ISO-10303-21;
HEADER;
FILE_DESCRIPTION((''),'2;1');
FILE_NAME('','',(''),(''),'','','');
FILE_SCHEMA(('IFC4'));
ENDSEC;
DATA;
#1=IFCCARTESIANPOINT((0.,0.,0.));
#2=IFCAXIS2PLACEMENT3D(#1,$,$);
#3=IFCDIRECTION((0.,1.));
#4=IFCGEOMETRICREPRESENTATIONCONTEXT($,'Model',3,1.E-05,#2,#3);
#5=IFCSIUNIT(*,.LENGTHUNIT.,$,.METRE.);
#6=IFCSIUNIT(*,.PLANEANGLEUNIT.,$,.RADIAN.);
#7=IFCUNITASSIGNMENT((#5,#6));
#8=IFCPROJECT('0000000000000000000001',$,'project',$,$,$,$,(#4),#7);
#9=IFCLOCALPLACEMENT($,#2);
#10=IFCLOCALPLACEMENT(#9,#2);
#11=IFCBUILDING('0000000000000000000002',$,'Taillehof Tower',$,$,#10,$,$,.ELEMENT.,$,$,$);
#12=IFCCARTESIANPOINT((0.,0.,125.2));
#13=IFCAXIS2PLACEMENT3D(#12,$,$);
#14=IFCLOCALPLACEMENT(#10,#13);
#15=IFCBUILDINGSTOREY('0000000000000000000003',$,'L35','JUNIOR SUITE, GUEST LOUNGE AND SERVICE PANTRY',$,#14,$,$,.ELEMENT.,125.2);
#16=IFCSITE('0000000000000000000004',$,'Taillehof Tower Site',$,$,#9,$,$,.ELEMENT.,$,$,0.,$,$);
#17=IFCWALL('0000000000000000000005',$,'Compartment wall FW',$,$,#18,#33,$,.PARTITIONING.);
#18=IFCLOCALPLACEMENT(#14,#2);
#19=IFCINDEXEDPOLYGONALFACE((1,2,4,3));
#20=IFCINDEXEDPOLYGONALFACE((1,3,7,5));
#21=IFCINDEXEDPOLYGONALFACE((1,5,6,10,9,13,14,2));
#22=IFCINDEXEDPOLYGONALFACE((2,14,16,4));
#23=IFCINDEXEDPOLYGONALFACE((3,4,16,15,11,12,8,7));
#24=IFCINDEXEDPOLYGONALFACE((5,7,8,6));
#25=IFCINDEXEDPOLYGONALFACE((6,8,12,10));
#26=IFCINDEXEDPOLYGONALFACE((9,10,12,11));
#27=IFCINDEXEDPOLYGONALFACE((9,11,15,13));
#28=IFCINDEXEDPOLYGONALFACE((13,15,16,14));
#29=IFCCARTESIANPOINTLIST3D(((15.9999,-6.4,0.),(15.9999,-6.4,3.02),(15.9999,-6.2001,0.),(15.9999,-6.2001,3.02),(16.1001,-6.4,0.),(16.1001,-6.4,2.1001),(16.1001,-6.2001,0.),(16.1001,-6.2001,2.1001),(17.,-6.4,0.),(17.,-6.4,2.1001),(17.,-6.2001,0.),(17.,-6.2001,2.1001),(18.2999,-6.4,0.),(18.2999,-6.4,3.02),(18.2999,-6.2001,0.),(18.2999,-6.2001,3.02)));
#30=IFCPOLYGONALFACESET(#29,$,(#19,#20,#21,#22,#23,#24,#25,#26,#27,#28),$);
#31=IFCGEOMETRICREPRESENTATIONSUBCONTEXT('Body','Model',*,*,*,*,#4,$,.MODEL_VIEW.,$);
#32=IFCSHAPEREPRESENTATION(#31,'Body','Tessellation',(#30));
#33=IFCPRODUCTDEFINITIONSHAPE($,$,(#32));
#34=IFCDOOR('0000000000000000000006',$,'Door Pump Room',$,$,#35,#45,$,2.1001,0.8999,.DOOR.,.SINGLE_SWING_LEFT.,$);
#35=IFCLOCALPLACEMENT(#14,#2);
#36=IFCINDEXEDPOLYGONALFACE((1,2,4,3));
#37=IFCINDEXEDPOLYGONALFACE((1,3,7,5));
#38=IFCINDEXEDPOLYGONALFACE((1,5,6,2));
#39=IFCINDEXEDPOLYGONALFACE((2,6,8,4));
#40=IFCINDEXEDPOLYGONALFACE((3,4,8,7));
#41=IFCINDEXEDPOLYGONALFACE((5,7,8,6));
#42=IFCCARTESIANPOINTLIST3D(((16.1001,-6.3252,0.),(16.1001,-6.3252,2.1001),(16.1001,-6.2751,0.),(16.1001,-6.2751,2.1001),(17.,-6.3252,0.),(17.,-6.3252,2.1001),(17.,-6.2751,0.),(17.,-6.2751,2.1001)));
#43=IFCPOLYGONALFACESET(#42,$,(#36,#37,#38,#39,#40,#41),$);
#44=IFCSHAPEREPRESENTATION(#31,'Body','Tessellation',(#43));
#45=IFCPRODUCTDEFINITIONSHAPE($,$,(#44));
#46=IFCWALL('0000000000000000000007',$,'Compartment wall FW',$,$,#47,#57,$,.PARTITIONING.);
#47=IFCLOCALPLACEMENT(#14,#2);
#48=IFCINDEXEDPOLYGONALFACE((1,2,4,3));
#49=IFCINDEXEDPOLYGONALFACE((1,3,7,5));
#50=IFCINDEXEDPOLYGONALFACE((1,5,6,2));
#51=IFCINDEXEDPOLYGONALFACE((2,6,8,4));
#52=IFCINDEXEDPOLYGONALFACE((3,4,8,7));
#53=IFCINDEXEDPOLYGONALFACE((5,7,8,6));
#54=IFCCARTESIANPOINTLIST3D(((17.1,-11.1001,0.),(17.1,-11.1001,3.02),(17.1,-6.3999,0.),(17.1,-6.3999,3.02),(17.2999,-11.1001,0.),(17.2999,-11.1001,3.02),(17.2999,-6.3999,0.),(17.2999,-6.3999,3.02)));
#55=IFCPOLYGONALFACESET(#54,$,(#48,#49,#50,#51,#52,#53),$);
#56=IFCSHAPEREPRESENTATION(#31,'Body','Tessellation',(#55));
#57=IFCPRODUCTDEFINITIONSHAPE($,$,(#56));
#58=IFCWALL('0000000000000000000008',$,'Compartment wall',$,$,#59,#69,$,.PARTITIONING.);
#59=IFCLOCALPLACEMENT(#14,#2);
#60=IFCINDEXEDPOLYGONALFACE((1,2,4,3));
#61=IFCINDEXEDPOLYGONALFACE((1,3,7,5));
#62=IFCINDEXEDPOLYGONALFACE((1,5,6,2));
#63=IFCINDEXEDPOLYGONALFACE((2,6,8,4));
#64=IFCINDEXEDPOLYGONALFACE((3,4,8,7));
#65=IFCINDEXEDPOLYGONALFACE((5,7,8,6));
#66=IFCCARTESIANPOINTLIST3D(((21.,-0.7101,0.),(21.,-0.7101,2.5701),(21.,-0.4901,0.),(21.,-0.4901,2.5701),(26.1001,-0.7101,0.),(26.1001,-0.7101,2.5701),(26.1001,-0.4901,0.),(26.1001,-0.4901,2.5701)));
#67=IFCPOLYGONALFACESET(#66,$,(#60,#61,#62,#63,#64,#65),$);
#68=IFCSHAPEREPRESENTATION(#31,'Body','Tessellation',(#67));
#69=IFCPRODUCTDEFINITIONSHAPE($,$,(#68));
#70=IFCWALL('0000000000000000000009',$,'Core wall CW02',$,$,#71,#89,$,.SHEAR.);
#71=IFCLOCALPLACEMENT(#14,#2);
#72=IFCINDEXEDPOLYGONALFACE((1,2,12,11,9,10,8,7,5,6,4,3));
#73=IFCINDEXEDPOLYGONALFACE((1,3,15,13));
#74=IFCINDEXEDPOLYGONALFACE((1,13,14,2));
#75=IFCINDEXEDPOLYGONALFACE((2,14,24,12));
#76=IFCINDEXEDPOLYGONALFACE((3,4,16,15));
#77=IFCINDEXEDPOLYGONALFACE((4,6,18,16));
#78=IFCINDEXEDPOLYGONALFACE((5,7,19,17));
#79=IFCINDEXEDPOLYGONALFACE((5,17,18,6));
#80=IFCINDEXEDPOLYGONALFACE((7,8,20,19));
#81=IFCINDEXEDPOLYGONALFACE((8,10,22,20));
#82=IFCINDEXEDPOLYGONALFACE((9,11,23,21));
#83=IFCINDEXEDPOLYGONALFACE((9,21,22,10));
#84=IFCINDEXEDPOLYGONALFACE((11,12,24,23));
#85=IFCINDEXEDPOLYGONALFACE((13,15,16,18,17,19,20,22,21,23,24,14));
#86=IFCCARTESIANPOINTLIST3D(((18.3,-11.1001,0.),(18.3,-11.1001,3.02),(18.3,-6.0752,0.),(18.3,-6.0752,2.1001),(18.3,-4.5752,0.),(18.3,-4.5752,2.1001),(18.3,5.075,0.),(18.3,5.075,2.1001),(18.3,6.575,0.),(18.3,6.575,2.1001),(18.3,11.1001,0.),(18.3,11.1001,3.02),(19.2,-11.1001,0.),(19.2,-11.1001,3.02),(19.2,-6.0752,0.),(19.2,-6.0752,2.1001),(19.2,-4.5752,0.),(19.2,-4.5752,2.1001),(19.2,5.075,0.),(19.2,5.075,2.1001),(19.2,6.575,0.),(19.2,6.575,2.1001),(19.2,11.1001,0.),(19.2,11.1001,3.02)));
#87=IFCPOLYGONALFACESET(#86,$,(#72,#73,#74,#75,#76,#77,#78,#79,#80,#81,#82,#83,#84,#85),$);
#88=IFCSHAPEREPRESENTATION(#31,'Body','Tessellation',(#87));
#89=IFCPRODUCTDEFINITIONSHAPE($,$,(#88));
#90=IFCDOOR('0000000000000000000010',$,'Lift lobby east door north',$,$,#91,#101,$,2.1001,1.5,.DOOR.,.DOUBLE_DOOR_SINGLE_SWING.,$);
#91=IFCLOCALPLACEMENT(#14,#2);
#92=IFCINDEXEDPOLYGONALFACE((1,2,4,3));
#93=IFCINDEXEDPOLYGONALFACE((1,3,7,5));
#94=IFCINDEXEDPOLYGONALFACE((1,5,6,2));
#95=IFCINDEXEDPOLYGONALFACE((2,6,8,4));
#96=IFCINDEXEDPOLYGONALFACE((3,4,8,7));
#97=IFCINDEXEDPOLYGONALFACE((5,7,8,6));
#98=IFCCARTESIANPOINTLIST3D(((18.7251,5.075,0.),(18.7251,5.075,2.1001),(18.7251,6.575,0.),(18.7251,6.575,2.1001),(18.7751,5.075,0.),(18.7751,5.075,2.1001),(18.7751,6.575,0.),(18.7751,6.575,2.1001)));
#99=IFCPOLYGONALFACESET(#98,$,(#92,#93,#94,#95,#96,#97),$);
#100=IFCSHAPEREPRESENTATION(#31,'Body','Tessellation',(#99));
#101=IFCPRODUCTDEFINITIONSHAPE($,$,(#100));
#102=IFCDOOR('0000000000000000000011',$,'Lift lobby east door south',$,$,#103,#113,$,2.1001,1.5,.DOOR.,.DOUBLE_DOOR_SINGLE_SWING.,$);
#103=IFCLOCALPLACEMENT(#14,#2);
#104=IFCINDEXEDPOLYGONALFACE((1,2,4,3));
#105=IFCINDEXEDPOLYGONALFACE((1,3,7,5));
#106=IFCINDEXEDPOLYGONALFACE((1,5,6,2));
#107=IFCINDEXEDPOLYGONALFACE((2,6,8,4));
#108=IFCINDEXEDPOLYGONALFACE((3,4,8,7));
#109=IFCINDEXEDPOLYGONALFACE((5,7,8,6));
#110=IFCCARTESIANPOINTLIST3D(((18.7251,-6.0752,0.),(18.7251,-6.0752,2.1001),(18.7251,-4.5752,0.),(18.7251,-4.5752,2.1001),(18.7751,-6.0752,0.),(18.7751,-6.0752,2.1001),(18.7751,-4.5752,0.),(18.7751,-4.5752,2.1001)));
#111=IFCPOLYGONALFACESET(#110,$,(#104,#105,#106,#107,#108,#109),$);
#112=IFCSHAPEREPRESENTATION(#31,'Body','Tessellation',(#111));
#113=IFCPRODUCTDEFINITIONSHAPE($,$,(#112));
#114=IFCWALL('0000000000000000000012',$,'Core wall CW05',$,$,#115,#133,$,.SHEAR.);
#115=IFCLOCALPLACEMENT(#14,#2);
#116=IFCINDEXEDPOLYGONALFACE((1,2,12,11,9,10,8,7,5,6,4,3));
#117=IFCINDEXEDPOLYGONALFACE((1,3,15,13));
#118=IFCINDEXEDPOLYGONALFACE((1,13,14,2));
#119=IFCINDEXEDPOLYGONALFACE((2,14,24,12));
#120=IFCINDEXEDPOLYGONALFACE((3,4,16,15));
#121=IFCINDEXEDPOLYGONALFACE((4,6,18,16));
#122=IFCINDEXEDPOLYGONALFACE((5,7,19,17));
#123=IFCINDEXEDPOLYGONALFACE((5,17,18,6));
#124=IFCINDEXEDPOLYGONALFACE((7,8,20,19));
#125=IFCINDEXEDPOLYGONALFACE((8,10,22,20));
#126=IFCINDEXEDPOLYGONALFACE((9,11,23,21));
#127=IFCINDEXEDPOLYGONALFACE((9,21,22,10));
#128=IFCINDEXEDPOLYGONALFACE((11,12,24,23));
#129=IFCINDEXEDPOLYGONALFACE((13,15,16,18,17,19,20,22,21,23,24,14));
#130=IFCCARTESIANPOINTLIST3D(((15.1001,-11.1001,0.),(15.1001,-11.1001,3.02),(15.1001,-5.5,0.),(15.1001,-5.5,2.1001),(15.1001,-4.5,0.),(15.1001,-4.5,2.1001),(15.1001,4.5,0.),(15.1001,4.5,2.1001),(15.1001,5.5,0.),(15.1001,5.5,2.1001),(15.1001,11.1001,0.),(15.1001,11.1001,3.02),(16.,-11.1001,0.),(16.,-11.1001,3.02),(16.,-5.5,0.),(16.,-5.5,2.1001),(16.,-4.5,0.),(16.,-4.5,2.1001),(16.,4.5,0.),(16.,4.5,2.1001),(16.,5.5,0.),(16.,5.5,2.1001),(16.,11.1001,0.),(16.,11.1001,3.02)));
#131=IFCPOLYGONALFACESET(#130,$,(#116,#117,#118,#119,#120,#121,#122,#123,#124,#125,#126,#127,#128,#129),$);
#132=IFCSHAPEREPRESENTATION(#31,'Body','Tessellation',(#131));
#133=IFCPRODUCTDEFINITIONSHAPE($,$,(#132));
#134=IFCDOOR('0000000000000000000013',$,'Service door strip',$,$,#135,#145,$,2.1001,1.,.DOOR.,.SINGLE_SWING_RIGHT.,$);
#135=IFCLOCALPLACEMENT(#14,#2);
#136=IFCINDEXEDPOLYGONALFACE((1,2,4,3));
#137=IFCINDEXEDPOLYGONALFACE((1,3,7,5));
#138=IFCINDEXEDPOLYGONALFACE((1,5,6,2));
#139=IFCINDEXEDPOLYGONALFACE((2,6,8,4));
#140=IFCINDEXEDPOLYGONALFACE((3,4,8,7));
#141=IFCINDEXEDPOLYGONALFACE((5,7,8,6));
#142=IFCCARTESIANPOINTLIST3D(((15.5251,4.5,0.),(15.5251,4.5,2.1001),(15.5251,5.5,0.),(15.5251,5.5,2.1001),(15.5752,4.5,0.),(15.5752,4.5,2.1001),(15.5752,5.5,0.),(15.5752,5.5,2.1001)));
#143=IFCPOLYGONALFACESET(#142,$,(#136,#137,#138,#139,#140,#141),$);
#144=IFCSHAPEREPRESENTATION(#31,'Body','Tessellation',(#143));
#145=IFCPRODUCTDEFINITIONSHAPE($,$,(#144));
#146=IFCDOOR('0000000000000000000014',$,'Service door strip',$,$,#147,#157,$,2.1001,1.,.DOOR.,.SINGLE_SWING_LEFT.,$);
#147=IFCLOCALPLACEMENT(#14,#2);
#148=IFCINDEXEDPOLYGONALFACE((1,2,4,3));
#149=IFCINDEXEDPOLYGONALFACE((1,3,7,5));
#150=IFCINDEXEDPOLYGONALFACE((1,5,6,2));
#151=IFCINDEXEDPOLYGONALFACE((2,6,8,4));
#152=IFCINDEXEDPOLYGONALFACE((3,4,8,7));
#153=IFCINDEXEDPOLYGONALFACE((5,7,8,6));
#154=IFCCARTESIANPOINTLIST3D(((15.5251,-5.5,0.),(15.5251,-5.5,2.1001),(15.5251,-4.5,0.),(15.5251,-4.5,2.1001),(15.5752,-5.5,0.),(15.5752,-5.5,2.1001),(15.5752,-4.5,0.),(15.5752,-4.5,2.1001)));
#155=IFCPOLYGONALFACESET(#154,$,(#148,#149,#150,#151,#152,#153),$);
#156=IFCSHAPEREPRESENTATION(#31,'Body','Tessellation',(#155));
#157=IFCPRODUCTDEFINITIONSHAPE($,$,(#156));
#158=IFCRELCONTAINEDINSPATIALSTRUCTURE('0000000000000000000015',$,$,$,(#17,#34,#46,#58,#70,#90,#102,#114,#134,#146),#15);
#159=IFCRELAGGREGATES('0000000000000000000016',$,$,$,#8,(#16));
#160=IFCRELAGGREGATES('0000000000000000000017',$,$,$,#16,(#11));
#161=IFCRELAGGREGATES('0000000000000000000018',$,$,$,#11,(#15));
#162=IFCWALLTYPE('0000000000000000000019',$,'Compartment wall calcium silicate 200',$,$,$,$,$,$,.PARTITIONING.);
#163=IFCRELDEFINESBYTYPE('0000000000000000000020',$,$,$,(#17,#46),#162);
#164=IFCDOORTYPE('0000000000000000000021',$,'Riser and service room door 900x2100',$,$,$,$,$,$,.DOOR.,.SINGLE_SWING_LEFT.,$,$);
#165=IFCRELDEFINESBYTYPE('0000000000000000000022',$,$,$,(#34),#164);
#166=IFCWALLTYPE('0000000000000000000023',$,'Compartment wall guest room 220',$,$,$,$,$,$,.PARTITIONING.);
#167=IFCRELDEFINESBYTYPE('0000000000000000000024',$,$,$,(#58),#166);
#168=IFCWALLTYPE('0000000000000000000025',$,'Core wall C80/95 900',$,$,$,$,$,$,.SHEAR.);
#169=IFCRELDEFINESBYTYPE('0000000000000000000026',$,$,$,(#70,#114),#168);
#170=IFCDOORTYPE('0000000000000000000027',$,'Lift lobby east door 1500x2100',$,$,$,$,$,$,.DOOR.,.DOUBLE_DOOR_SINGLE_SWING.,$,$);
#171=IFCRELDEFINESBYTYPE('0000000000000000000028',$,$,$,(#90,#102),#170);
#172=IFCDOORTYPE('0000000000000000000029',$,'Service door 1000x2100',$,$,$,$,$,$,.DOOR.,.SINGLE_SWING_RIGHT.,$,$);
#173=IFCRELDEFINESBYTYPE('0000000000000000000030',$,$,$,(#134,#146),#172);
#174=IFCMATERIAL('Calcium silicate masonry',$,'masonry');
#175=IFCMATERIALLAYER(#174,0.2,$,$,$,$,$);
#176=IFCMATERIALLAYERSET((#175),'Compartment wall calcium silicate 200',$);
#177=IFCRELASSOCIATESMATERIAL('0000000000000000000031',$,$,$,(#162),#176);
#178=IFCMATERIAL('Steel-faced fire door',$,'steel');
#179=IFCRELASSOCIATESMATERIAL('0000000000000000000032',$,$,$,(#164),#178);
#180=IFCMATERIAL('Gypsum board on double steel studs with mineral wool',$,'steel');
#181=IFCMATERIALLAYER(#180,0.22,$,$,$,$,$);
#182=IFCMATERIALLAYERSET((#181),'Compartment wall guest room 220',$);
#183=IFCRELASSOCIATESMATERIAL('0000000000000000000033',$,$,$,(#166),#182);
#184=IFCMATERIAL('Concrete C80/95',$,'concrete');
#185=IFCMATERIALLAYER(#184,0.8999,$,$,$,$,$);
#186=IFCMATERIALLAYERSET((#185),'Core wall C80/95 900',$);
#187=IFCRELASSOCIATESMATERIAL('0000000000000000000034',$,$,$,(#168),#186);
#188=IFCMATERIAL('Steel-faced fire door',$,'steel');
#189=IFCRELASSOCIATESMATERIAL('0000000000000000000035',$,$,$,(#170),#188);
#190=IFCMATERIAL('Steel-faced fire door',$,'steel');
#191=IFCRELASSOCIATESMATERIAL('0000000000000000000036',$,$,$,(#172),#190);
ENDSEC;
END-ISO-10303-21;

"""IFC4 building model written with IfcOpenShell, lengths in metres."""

from ifc_helpers import new_model, si_unit, direction, frame, frame_2d, origin, place, context, subcontext, project, spatial, rectangle, extrude, material, layer, layer_set, type_object, element, fill, save


model = new_model("IFC4")

# Units and contexts
model_context = context("Model", 3, precision=1e-05, world=origin(), true_north=direction((0.0, 1.0)))
body_context = subcontext(model_context, "Body", "Model", "MODEL_VIEW")
ifc_project = project(units=[si_unit("LENGTHUNIT", "METRE"), si_unit("PLANEANGLEUNIT", "RADIAN")], contexts=[model_context])

# Site, building, storey
site_placement = place(None, origin())
site = spatial("IfcSite", under=ifc_project, at=site_placement, Name="Taillehof Tower Site", CompositionType="ELEMENT", RefElevation=0.0)
building_placement = place(site_placement, origin())
building = spatial("IfcBuilding", under=site, at=building_placement, Name="Taillehof Tower", CompositionType="ELEMENT")
storey_placement = place(building_placement, frame((0.0, 0.0, 125.2)))
storey = spatial("IfcBuildingStorey", under=building, at=storey_placement, Name="L35", Description="JUNIOR SUITE, GUEST LOUNGE AND SERVICE PANTRY", CompositionType="ELEMENT", Elevation=125.2)

# Shared definitions
ifc_material_1 = material(Name="Calcium silicate masonry", Category="masonry")
ifc_layer_1 = layer(ifc_material_1, 0.2)
ifc_layer_set_1 = layer_set([ifc_layer_1], Name="Compartment wall calcium silicate 200")
wall_type_1 = type_object("IfcWallType", Name="Compartment wall calcium silicate 200", PredefinedType="PARTITIONING", material=ifc_layer_set_1)

# Wall, opening, door
wall_1_placement = place(storey_placement, frame((16.0, -6.3, 0.0), z_axis=(0.0, 0.0, 1.0), x_axis=(1.0, 0.0, 0.0)))
wall_1 = element("IfcWall", 1, at=wall_1_placement, inside=storey, type_object=wall_type_1, Name="Compartment wall FW", PredefinedType="PARTITIONING", context=body_context, shape_type="SweptSolid", body=[
    extrude(rectangle(XDim=2.3, YDim=0.2, at=frame_2d((1.1499, 0.0))), origin(), (0.0, 0.0, 1.0), 3.02),
])
opening_1_placement = place(wall_1_placement, frame((0.1001, 0.0, 0.0)))
opening_1 = element("IfcOpeningElement", 2, at=opening_1_placement, cuts=wall_1, PredefinedType="OPENING", context=body_context, shape_type="SweptSolid", body=[
    extrude(rectangle(XDim=0.8999, YDim=2.1001, at=frame_2d((0.45, 1.05))), frame((0.0, 0.1099, 0.0), z_axis=(0.0, -1.0, 0.0), x_axis=(1.0, 0.0, 0.0)), (0.0, 0.0, 1.0), 0.22),
])
ifc_material_2 = material(Name="Steel-faced fire door", Category="steel")
door_type_1 = type_object("IfcDoorType", Name="Riser and service room door 900x2100", OperationType="SINGLE_SWING_LEFT", PredefinedType="DOOR", material=ifc_material_2)
door_1_placement = place(opening_1_placement, origin())
door_1 = element("IfcDoor", 3, at=door_1_placement, inside=storey, type_object=door_type_1, Name="Door Pump Room", OperationType="SINGLE_SWING_LEFT", OverallHeight=2.1001, OverallWidth=0.8999, PredefinedType="DOOR", context=body_context, shape_type="SweptSolid", body=[
    extrude(rectangle(XDim=0.8999, YDim=2.1001, at=frame_2d((0.45, 1.05))), frame((0.0, 0.0249, 0.0), z_axis=(0.0, -1.0, 0.0), x_axis=(1.0, 0.0, 0.0)), (0.0, 0.0, 1.0), 0.05),
])
fill(opening_1, door_1)

# Walls
wall_2_placement = place(storey_placement, frame((17.2, -11.1001, 0.0), z_axis=(0.0, 0.0, 1.0), x_axis=(0.0, 1.0, 0.0)))
element("IfcWall", 4, at=wall_2_placement, inside=storey, type_object=wall_type_1, Name="Compartment wall FW", PredefinedType="PARTITIONING", context=body_context, shape_type="SweptSolid", body=[
    extrude(rectangle(XDim=4.7002, YDim=0.2, at=frame_2d((2.3501, 0.0))), origin(), (0.0, 0.0, 1.0), 3.02),
])
ifc_material_3 = material(Name="Gypsum board on double steel studs with mineral wool", Category="steel")
ifc_layer_2 = layer(ifc_material_3, 0.22)
ifc_layer_set_2 = layer_set([ifc_layer_2], Name="Compartment wall guest room 220")
wall_type_2 = type_object("IfcWallType", Name="Compartment wall guest room 220", PredefinedType="PARTITIONING", material=ifc_layer_set_2)
wall_3_placement = place(storey_placement, frame((26.1001, -0.6001, 0.0), z_axis=(0.0, 0.0, 1.0), x_axis=(-1.0, 0.0, 0.0)))
element("IfcWall", 5, at=wall_3_placement, inside=storey, type_object=wall_type_2, Name="Compartment wall", PredefinedType="PARTITIONING", context=body_context, shape_type="SweptSolid", body=[
    extrude(rectangle(XDim=5.1001, YDim=0.22, at=frame_2d((2.55, 0.0))), origin(), (0.0, 0.0, 1.0), 2.5701),
])

# Walls, openings, doors
ifc_material_4 = material(Name="Concrete C80/95", Category="concrete")
ifc_layer_3 = layer(ifc_material_4, 0.8999)
ifc_layer_set_3 = layer_set([ifc_layer_3], Name="Core wall C80/95 900")
wall_type_3 = type_object("IfcWallType", Name="Core wall C80/95 900", PredefinedType="SHEAR", material=ifc_layer_set_3)
wall_4_placement = place(storey_placement, frame((18.75, -11.1001, 0.0), z_axis=(0.0, 0.0, 1.0), x_axis=(0.0, 1.0, 0.0)))
wall_4 = element("IfcWall", 6, at=wall_4_placement, inside=storey, type_object=wall_type_3, Name="Core wall CW02", PredefinedType="SHEAR", context=body_context, shape_type="SweptSolid", body=[
    extrude(rectangle(XDim=22.2002, YDim=0.8999, at=frame_2d((11.1001, 0.0))), origin(), (0.0, 0.0, 1.0), 3.02),
])
opening_2_placement = place(wall_4_placement, frame((16.175, 0.0, 0.0)))
opening_2 = element("IfcOpeningElement", 7, at=opening_2_placement, cuts=wall_4, PredefinedType="OPENING", context=body_context, shape_type="SweptSolid", body=[
    extrude(rectangle(XDim=1.5, YDim=2.1001, at=frame_2d((0.75, 1.05))), frame((0.0, 0.46, 0.0), z_axis=(0.0, -1.0, 0.0), x_axis=(1.0, 0.0, 0.0)), (0.0, 0.0, 1.0), 0.9199),
])
opening_3_placement = place(wall_4_placement, frame((5.0249, 0.0, 0.0)))
opening_3 = element("IfcOpeningElement", 8, at=opening_3_placement, cuts=wall_4, PredefinedType="OPENING", context=body_context, shape_type="SweptSolid", body=[
    extrude(rectangle(XDim=1.5, YDim=2.1001, at=frame_2d((0.75, 1.05))), frame((0.0, 0.46, 0.0), z_axis=(0.0, -1.0, 0.0), x_axis=(1.0, 0.0, 0.0)), (0.0, 0.0, 1.0), 0.9199),
])
ifc_material_5 = material(Name="Steel-faced fire door", Category="steel")
door_type_2 = type_object("IfcDoorType", Name="Lift lobby east door 1500x2100", OperationType="DOUBLE_DOOR_SINGLE_SWING", PredefinedType="DOOR", material=ifc_material_5)
door_2_placement = place(opening_2_placement, origin())
door_2 = element("IfcDoor", 9, at=door_2_placement, inside=storey, type_object=door_type_2, Name="Lift lobby east door north", OperationType="DOUBLE_DOOR_SINGLE_SWING", OverallHeight=2.1001, OverallWidth=1.5, PredefinedType="DOOR", context=body_context, shape_type="SweptSolid", body=[
    extrude(rectangle(XDim=1.5, YDim=2.1001, at=frame_2d((0.75, 1.05))), frame((0.0, 0.0249, 0.0), z_axis=(0.0, -1.0, 0.0), x_axis=(1.0, 0.0, 0.0)), (0.0, 0.0, 1.0), 0.05),
])
fill(opening_2, door_2)
door_3_placement = place(opening_3_placement, origin())
door_3 = element("IfcDoor", 10, at=door_3_placement, inside=storey, type_object=door_type_2, Name="Lift lobby east door south", OperationType="DOUBLE_DOOR_SINGLE_SWING", OverallHeight=2.1001, OverallWidth=1.5, PredefinedType="DOOR", context=body_context, shape_type="SweptSolid", body=[
    extrude(rectangle(XDim=1.5, YDim=2.1001, at=frame_2d((0.75, 1.05))), frame((0.0, 0.0249, 0.0), z_axis=(0.0, -1.0, 0.0), x_axis=(1.0, 0.0, 0.0)), (0.0, 0.0, 1.0), 0.05),
])
fill(opening_3, door_3)
wall_5_placement = place(storey_placement, frame((15.55, -11.1001, 0.0), z_axis=(0.0, 0.0, 1.0), x_axis=(0.0, 1.0, 0.0)))
wall_5 = element("IfcWall", 11, at=wall_5_placement, inside=storey, type_object=wall_type_3, Name="Core wall CW05", PredefinedType="SHEAR", context=body_context, shape_type="SweptSolid", body=[
    extrude(rectangle(XDim=22.2002, YDim=0.8999, at=frame_2d((11.1001, 0.0))), origin(), (0.0, 0.0, 1.0), 3.02),
])
opening_4_placement = place(wall_5_placement, frame((15.6001, 0.0, 0.0)))
opening_4 = element("IfcOpeningElement", 12, at=opening_4_placement, cuts=wall_5, PredefinedType="OPENING", context=body_context, shape_type="SweptSolid", body=[
    extrude(rectangle(XDim=1.0, YDim=2.1001, at=frame_2d((0.5, 1.05))), frame((0.0, 0.46, 0.0), z_axis=(0.0, -1.0, 0.0), x_axis=(1.0, 0.0, 0.0)), (0.0, 0.0, 1.0), 0.9199),
])
opening_5_placement = place(wall_5_placement, frame((5.6001, 0.0, 0.0)))
opening_5 = element("IfcOpeningElement", 13, at=opening_5_placement, cuts=wall_5, PredefinedType="OPENING", context=body_context, shape_type="SweptSolid", body=[
    extrude(rectangle(XDim=1.0, YDim=2.1001, at=frame_2d((0.5, 1.05))), frame((0.0, 0.46, 0.0), z_axis=(0.0, -1.0, 0.0), x_axis=(1.0, 0.0, 0.0)), (0.0, 0.0, 1.0), 0.9199),
])
ifc_material_6 = material(Name="Steel-faced fire door", Category="steel")
door_type_3 = type_object("IfcDoorType", Name="Service door 1000x2100", OperationType="SINGLE_SWING_RIGHT", PredefinedType="DOOR", material=ifc_material_6)
door_4_placement = place(opening_4_placement, origin())
door_4 = element("IfcDoor", 14, at=door_4_placement, inside=storey, type_object=door_type_3, Name="Service door strip", OperationType="SINGLE_SWING_RIGHT", OverallHeight=2.1001, OverallWidth=1.0, PredefinedType="DOOR", context=body_context, shape_type="SweptSolid", body=[
    extrude(rectangle(XDim=1.0, YDim=2.1001, at=frame_2d((0.5, 1.05))), frame((0.0, 0.0249, 0.0), z_axis=(0.0, -1.0, 0.0), x_axis=(1.0, 0.0, 0.0)), (0.0, 0.0, 1.0), 0.05),
])
fill(opening_4, door_4)
door_5_placement = place(opening_5_placement, origin())
door_5 = element("IfcDoor", 15, at=door_5_placement, inside=storey, type_object=door_type_3, Name="Service door strip", OperationType="SINGLE_SWING_LEFT", OverallHeight=2.1001, OverallWidth=1.0, PredefinedType="DOOR", context=body_context, shape_type="SweptSolid", body=[
    extrude(rectangle(XDim=1.0, YDim=2.1001, at=frame_2d((0.5, 1.05))), frame((0.0, 0.0249, 0.0), z_axis=(0.0, -1.0, 0.0), x_axis=(1.0, 0.0, 0.0)), (0.0, 0.0, 1.0), 0.05),
])
fill(opening_5, door_5)

save(model, "model.ifc")
